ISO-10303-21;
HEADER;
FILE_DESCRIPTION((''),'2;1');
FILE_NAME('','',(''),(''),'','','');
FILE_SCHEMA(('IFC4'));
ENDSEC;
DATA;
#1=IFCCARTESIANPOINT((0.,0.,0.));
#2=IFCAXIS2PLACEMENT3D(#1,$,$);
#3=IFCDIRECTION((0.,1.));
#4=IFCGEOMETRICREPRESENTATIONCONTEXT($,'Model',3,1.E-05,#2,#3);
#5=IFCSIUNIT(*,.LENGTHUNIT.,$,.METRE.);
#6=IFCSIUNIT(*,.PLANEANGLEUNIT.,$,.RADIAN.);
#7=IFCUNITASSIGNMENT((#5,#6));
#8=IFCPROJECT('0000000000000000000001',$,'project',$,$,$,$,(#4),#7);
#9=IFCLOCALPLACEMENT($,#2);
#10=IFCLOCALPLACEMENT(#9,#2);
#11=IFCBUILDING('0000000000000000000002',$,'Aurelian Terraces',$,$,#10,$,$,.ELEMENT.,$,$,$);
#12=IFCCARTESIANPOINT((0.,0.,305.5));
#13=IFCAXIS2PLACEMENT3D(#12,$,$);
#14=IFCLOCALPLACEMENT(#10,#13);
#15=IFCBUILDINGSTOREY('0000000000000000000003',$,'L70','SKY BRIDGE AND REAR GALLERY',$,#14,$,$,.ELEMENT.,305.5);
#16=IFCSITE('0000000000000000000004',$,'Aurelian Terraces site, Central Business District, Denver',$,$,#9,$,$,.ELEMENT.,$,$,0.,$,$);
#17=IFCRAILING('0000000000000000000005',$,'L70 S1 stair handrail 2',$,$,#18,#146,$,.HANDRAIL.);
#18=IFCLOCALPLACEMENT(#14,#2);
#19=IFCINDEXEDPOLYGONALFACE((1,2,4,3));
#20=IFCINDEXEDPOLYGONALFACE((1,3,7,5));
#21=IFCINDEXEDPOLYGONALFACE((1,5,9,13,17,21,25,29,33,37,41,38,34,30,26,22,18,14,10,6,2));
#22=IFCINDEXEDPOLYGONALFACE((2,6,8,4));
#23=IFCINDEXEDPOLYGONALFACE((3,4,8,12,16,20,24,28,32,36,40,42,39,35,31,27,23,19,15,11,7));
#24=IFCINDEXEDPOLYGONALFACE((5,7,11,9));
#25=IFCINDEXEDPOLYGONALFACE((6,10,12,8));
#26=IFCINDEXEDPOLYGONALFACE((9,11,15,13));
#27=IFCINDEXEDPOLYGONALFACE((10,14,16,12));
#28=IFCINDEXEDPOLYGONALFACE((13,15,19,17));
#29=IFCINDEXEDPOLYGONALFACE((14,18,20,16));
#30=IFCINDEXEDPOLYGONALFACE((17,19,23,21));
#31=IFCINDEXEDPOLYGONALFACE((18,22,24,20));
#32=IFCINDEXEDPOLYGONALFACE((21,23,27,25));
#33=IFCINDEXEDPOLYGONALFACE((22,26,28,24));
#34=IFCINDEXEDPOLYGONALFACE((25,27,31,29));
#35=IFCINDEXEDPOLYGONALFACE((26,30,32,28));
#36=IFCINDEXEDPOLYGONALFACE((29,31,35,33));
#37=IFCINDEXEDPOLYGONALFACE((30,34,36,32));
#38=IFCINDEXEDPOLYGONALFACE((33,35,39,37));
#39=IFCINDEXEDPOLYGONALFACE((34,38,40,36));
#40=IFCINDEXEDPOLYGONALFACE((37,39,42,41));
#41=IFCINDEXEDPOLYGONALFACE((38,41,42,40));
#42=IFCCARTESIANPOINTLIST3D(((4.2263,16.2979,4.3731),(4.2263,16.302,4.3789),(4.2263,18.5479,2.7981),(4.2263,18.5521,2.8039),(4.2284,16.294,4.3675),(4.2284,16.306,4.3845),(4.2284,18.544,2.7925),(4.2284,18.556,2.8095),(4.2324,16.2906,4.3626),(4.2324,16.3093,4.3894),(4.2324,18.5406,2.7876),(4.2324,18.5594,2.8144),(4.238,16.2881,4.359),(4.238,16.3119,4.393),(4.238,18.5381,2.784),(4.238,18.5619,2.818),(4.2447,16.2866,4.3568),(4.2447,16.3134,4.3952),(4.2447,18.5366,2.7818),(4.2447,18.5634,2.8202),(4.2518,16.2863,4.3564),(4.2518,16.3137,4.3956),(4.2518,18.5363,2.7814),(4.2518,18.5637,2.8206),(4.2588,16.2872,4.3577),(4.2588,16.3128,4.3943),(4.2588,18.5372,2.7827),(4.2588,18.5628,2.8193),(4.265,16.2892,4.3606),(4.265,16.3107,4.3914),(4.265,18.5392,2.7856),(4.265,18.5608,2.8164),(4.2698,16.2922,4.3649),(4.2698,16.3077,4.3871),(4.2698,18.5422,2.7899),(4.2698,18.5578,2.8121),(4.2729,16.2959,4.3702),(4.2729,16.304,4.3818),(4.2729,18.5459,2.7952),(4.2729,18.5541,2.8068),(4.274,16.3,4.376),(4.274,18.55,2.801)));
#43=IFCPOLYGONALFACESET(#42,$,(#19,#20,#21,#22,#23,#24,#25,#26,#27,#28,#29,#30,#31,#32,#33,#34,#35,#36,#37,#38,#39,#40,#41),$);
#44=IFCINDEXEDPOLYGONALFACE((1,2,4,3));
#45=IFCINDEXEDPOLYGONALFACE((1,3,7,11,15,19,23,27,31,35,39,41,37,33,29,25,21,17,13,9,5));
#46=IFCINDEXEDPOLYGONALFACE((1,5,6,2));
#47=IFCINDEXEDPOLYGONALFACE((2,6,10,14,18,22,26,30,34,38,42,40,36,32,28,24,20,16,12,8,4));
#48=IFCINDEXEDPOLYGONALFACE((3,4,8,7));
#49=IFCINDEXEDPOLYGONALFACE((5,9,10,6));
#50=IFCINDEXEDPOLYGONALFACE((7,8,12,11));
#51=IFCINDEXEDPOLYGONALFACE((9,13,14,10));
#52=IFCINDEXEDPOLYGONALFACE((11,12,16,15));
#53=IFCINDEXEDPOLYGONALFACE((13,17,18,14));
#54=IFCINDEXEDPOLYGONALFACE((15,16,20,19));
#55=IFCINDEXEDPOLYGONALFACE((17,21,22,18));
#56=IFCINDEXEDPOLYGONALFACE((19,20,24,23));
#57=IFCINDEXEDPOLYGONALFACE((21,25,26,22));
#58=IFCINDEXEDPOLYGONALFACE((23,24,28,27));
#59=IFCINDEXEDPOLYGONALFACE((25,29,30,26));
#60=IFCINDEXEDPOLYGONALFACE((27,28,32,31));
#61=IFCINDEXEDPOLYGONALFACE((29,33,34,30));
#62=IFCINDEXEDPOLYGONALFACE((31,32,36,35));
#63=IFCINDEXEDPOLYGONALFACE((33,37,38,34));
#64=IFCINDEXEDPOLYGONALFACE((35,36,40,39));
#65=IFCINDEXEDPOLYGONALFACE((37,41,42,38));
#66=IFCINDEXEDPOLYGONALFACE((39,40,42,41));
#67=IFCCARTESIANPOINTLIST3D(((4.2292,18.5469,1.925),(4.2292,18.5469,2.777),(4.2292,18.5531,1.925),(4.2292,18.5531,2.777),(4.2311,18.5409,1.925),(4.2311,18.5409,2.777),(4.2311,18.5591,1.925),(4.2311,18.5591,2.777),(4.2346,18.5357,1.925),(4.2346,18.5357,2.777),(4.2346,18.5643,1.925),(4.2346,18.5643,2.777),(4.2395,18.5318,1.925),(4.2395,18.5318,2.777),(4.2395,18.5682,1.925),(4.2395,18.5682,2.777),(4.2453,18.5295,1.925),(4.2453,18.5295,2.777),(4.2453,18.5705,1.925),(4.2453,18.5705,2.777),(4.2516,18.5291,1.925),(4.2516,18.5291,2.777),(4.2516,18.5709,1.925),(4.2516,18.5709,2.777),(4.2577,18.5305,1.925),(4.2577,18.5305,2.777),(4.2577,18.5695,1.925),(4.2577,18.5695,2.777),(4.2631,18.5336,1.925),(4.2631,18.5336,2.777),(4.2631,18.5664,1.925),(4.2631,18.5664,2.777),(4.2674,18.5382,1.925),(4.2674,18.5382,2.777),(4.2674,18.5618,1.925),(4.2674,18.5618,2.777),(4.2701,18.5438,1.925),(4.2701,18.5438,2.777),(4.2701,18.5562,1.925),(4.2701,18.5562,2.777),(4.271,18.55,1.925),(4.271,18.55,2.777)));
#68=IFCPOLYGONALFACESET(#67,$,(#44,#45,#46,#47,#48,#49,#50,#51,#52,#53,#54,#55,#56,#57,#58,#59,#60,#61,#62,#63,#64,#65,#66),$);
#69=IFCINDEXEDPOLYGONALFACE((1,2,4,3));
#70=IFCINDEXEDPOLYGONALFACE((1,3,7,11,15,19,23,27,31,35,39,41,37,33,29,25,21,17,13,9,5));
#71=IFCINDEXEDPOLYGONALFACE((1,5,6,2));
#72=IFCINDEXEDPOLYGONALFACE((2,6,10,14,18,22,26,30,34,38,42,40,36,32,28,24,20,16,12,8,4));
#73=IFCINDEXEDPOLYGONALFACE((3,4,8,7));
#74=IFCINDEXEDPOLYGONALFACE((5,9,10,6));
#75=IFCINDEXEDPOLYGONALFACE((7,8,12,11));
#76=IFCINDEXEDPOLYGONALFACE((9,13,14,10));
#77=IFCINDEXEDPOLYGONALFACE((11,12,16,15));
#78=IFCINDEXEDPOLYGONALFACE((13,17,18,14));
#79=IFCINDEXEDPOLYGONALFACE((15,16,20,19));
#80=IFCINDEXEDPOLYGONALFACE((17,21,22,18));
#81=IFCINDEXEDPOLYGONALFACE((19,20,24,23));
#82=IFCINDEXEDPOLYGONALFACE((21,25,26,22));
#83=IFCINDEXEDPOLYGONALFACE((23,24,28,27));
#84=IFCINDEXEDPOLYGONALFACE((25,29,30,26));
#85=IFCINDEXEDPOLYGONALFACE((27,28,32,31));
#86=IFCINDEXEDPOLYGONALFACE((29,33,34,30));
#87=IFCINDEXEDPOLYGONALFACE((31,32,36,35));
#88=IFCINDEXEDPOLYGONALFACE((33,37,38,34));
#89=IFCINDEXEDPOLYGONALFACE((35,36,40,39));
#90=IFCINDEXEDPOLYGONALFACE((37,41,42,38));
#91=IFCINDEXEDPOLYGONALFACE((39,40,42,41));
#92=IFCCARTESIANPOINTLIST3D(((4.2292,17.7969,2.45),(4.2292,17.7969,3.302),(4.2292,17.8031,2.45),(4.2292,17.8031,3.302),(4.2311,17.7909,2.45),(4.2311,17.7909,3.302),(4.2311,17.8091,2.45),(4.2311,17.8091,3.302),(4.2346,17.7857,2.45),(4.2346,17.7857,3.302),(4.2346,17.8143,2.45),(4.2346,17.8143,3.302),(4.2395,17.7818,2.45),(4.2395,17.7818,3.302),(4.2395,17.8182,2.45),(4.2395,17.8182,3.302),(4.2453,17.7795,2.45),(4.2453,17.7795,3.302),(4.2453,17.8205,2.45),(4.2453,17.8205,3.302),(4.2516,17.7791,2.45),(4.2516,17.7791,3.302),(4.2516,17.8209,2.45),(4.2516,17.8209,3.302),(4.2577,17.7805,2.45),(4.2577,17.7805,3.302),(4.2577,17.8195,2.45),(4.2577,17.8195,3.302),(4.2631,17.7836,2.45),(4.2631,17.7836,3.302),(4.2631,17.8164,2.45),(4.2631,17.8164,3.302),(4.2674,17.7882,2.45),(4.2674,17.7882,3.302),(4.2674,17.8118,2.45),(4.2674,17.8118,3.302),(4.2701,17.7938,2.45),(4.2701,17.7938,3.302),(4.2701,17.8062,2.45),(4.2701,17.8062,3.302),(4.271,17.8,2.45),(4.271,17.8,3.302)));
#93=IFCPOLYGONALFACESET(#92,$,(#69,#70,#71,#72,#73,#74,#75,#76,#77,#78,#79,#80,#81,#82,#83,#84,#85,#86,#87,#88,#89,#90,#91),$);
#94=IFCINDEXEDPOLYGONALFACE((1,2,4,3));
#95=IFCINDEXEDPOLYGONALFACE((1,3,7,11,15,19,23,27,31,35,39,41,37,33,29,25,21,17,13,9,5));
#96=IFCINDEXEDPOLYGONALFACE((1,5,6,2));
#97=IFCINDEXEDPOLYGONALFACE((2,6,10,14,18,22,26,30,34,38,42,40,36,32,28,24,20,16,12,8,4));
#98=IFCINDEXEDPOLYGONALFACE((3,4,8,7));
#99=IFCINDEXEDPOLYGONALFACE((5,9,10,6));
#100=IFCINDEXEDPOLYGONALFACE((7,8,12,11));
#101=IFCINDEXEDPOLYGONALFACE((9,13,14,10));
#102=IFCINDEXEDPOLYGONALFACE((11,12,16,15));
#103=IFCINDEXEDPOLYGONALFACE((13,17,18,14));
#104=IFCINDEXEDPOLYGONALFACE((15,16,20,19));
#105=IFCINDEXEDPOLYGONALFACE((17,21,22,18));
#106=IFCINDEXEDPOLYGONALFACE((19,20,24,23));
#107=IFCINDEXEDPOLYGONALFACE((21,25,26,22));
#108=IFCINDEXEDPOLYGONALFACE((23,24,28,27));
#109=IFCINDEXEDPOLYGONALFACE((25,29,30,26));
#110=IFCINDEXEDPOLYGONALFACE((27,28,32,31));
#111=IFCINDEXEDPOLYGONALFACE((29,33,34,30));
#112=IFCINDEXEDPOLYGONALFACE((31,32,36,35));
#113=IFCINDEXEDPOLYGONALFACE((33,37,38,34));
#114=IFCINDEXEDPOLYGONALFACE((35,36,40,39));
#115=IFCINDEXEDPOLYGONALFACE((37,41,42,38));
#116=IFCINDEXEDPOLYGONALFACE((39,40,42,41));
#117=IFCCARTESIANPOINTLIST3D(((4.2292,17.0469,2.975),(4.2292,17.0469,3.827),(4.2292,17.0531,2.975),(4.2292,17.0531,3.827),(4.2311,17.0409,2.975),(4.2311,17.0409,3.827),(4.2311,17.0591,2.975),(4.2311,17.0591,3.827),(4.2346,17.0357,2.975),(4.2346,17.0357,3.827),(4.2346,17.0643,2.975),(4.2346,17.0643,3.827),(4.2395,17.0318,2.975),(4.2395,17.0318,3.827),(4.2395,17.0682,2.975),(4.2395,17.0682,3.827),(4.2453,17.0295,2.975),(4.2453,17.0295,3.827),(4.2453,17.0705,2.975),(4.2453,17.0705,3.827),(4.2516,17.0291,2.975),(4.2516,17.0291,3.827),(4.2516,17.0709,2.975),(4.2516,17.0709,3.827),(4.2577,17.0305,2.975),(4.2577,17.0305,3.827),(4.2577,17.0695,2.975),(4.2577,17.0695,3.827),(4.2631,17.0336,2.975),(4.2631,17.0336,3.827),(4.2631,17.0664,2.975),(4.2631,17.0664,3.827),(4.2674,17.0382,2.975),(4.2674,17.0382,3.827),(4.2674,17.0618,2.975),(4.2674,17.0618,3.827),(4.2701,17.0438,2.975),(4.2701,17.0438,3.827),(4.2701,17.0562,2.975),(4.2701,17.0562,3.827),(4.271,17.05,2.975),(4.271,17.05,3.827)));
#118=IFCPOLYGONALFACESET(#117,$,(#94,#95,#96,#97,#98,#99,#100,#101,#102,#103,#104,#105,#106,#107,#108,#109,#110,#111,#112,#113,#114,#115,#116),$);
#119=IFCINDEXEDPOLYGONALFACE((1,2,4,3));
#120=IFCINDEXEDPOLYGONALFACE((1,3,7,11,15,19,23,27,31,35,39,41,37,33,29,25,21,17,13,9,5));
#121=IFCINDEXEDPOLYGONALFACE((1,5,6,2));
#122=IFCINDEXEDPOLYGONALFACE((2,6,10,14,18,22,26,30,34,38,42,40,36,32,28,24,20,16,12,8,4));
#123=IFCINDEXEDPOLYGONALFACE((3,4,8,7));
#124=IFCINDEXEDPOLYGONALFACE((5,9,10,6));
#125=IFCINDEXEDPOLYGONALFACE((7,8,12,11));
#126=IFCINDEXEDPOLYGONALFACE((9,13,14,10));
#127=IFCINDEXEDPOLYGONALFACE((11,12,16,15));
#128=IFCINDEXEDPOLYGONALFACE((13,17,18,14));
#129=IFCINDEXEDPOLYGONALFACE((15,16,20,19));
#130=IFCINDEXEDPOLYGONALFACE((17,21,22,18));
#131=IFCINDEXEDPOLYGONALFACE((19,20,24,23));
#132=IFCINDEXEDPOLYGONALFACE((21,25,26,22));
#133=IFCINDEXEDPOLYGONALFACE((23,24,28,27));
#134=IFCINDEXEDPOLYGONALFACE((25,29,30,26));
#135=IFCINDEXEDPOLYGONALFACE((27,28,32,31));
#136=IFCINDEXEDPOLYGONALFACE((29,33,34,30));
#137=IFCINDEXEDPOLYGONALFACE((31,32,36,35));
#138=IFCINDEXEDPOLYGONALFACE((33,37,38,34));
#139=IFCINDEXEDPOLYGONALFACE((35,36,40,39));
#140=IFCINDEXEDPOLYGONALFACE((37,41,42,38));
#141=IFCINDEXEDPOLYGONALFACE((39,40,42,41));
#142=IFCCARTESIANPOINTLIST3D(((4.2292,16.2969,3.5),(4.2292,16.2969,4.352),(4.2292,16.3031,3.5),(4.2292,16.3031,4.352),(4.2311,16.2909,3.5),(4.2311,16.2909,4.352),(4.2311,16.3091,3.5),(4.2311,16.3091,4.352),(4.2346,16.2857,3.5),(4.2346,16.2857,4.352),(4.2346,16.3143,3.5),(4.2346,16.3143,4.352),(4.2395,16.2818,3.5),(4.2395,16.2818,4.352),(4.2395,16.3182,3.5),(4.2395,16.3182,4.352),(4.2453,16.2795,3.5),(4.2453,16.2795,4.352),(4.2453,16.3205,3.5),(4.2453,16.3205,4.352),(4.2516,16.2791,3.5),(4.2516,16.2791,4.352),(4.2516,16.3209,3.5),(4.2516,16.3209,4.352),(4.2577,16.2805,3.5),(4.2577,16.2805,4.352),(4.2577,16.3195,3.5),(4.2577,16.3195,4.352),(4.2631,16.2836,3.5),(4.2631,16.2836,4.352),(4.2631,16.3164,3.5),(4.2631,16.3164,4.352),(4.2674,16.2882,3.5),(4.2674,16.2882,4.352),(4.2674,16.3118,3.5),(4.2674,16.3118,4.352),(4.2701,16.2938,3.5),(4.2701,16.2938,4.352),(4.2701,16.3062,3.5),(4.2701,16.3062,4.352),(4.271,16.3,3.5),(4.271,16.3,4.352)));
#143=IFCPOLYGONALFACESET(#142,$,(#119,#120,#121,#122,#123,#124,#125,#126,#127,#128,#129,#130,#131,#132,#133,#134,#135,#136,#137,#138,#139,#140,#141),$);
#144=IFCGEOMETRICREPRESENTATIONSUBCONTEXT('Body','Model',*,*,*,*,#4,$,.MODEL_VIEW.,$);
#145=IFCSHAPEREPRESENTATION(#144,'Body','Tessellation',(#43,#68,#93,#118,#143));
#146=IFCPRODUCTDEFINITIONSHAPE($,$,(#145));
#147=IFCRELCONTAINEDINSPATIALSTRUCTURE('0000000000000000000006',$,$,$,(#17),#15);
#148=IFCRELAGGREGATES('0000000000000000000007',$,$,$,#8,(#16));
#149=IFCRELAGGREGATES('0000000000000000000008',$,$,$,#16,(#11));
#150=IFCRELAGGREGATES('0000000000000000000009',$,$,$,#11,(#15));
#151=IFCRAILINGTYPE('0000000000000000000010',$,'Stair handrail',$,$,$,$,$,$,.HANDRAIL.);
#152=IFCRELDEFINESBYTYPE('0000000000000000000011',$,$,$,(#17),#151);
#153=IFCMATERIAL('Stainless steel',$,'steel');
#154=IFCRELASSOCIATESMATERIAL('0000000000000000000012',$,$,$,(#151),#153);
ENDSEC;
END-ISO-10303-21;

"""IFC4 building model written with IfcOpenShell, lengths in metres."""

from ifc_helpers import new_model, si_unit, direction, frame, origin, origin_2d, place, context, subcontext, project, spatial, circle, extrude, source, transform, mapped, material, type_object, element, save


model = new_model("IFC4")

# Units and contexts
model_context = context("Model", 3, precision=1e-05, world=origin(), true_north=direction((0.0, 1.0)))
body_context = subcontext(model_context, "Body", "Model", "MODEL_VIEW")
ifc_project = project(units=[si_unit("LENGTHUNIT", "METRE"), si_unit("PLANEANGLEUNIT", "RADIAN")], contexts=[model_context])

# Site, building, storey
site_placement = place(None, origin())
site = spatial("IfcSite", under=ifc_project, at=site_placement, Name="Aurelian Terraces site, Central Business District, Denver", CompositionType="ELEMENT", RefElevation=0.0)
building_placement = place(site_placement, origin())
building = spatial("IfcBuilding", under=site, at=building_placement, Name="Aurelian Terraces", CompositionType="ELEMENT")
storey_placement = place(building_placement, frame((0.0, 0.0, 305.5)))
storey = spatial("IfcBuildingStorey", under=building, at=storey_placement, Name="L70", Description="SKY BRIDGE AND REAR GALLERY", CompositionType="ELEMENT", Elevation=305.5)

# Railing
ifc_material_1 = material(Name="Stainless steel", Category="steel")
railing_type_1 = type_object("IfcRailingType", Name="Stair handrail", PredefinedType="HANDRAIL", material=ifc_material_1)
shared_shape_1 = source(origin(), body_context, "Body", "SweptSolid", [
    extrude(circle(Radius=0.024, at=origin_2d()), frame((0.0, 0.0, 0.876), z_axis=(0.0, -0.819232, 0.573462), x_axis=(1.0, 0.0, 0.0)), (0.0, 0.0, 1.0), 2.7465),
    extrude(circle(Radius=0.021, at=origin_2d()), origin(), (0.0, 0.0, 1.0), 0.852),
    extrude(circle(Radius=0.021, at=origin_2d()), frame((0.0, -0.75, 0.525)), (0.0, 0.0, 1.0), 0.852),
    extrude(circle(Radius=0.021, at=origin_2d()), frame((0.0, -1.5, 1.05)), (0.0, 0.0, 1.0), 0.852),
    extrude(circle(Radius=0.021, at=origin_2d()), frame((0.0, -2.25, 1.575)), (0.0, 0.0, 1.0), 0.852),
])
railing_1_placement = place(storey_placement, frame((4.25, 18.55, 1.925)))
element("IfcRailing", 1, at=railing_1_placement, inside=storey, type_object=railing_type_1, Name="L70 S1 stair handrail 2", PredefinedType="HANDRAIL", context=body_context, shape_type="MappedRepresentation", body=[
    mapped(shared_shape_1, transform((0.0, 0.0, 0.0), scale=1.0)),
])

save(model, "model.ifc")
